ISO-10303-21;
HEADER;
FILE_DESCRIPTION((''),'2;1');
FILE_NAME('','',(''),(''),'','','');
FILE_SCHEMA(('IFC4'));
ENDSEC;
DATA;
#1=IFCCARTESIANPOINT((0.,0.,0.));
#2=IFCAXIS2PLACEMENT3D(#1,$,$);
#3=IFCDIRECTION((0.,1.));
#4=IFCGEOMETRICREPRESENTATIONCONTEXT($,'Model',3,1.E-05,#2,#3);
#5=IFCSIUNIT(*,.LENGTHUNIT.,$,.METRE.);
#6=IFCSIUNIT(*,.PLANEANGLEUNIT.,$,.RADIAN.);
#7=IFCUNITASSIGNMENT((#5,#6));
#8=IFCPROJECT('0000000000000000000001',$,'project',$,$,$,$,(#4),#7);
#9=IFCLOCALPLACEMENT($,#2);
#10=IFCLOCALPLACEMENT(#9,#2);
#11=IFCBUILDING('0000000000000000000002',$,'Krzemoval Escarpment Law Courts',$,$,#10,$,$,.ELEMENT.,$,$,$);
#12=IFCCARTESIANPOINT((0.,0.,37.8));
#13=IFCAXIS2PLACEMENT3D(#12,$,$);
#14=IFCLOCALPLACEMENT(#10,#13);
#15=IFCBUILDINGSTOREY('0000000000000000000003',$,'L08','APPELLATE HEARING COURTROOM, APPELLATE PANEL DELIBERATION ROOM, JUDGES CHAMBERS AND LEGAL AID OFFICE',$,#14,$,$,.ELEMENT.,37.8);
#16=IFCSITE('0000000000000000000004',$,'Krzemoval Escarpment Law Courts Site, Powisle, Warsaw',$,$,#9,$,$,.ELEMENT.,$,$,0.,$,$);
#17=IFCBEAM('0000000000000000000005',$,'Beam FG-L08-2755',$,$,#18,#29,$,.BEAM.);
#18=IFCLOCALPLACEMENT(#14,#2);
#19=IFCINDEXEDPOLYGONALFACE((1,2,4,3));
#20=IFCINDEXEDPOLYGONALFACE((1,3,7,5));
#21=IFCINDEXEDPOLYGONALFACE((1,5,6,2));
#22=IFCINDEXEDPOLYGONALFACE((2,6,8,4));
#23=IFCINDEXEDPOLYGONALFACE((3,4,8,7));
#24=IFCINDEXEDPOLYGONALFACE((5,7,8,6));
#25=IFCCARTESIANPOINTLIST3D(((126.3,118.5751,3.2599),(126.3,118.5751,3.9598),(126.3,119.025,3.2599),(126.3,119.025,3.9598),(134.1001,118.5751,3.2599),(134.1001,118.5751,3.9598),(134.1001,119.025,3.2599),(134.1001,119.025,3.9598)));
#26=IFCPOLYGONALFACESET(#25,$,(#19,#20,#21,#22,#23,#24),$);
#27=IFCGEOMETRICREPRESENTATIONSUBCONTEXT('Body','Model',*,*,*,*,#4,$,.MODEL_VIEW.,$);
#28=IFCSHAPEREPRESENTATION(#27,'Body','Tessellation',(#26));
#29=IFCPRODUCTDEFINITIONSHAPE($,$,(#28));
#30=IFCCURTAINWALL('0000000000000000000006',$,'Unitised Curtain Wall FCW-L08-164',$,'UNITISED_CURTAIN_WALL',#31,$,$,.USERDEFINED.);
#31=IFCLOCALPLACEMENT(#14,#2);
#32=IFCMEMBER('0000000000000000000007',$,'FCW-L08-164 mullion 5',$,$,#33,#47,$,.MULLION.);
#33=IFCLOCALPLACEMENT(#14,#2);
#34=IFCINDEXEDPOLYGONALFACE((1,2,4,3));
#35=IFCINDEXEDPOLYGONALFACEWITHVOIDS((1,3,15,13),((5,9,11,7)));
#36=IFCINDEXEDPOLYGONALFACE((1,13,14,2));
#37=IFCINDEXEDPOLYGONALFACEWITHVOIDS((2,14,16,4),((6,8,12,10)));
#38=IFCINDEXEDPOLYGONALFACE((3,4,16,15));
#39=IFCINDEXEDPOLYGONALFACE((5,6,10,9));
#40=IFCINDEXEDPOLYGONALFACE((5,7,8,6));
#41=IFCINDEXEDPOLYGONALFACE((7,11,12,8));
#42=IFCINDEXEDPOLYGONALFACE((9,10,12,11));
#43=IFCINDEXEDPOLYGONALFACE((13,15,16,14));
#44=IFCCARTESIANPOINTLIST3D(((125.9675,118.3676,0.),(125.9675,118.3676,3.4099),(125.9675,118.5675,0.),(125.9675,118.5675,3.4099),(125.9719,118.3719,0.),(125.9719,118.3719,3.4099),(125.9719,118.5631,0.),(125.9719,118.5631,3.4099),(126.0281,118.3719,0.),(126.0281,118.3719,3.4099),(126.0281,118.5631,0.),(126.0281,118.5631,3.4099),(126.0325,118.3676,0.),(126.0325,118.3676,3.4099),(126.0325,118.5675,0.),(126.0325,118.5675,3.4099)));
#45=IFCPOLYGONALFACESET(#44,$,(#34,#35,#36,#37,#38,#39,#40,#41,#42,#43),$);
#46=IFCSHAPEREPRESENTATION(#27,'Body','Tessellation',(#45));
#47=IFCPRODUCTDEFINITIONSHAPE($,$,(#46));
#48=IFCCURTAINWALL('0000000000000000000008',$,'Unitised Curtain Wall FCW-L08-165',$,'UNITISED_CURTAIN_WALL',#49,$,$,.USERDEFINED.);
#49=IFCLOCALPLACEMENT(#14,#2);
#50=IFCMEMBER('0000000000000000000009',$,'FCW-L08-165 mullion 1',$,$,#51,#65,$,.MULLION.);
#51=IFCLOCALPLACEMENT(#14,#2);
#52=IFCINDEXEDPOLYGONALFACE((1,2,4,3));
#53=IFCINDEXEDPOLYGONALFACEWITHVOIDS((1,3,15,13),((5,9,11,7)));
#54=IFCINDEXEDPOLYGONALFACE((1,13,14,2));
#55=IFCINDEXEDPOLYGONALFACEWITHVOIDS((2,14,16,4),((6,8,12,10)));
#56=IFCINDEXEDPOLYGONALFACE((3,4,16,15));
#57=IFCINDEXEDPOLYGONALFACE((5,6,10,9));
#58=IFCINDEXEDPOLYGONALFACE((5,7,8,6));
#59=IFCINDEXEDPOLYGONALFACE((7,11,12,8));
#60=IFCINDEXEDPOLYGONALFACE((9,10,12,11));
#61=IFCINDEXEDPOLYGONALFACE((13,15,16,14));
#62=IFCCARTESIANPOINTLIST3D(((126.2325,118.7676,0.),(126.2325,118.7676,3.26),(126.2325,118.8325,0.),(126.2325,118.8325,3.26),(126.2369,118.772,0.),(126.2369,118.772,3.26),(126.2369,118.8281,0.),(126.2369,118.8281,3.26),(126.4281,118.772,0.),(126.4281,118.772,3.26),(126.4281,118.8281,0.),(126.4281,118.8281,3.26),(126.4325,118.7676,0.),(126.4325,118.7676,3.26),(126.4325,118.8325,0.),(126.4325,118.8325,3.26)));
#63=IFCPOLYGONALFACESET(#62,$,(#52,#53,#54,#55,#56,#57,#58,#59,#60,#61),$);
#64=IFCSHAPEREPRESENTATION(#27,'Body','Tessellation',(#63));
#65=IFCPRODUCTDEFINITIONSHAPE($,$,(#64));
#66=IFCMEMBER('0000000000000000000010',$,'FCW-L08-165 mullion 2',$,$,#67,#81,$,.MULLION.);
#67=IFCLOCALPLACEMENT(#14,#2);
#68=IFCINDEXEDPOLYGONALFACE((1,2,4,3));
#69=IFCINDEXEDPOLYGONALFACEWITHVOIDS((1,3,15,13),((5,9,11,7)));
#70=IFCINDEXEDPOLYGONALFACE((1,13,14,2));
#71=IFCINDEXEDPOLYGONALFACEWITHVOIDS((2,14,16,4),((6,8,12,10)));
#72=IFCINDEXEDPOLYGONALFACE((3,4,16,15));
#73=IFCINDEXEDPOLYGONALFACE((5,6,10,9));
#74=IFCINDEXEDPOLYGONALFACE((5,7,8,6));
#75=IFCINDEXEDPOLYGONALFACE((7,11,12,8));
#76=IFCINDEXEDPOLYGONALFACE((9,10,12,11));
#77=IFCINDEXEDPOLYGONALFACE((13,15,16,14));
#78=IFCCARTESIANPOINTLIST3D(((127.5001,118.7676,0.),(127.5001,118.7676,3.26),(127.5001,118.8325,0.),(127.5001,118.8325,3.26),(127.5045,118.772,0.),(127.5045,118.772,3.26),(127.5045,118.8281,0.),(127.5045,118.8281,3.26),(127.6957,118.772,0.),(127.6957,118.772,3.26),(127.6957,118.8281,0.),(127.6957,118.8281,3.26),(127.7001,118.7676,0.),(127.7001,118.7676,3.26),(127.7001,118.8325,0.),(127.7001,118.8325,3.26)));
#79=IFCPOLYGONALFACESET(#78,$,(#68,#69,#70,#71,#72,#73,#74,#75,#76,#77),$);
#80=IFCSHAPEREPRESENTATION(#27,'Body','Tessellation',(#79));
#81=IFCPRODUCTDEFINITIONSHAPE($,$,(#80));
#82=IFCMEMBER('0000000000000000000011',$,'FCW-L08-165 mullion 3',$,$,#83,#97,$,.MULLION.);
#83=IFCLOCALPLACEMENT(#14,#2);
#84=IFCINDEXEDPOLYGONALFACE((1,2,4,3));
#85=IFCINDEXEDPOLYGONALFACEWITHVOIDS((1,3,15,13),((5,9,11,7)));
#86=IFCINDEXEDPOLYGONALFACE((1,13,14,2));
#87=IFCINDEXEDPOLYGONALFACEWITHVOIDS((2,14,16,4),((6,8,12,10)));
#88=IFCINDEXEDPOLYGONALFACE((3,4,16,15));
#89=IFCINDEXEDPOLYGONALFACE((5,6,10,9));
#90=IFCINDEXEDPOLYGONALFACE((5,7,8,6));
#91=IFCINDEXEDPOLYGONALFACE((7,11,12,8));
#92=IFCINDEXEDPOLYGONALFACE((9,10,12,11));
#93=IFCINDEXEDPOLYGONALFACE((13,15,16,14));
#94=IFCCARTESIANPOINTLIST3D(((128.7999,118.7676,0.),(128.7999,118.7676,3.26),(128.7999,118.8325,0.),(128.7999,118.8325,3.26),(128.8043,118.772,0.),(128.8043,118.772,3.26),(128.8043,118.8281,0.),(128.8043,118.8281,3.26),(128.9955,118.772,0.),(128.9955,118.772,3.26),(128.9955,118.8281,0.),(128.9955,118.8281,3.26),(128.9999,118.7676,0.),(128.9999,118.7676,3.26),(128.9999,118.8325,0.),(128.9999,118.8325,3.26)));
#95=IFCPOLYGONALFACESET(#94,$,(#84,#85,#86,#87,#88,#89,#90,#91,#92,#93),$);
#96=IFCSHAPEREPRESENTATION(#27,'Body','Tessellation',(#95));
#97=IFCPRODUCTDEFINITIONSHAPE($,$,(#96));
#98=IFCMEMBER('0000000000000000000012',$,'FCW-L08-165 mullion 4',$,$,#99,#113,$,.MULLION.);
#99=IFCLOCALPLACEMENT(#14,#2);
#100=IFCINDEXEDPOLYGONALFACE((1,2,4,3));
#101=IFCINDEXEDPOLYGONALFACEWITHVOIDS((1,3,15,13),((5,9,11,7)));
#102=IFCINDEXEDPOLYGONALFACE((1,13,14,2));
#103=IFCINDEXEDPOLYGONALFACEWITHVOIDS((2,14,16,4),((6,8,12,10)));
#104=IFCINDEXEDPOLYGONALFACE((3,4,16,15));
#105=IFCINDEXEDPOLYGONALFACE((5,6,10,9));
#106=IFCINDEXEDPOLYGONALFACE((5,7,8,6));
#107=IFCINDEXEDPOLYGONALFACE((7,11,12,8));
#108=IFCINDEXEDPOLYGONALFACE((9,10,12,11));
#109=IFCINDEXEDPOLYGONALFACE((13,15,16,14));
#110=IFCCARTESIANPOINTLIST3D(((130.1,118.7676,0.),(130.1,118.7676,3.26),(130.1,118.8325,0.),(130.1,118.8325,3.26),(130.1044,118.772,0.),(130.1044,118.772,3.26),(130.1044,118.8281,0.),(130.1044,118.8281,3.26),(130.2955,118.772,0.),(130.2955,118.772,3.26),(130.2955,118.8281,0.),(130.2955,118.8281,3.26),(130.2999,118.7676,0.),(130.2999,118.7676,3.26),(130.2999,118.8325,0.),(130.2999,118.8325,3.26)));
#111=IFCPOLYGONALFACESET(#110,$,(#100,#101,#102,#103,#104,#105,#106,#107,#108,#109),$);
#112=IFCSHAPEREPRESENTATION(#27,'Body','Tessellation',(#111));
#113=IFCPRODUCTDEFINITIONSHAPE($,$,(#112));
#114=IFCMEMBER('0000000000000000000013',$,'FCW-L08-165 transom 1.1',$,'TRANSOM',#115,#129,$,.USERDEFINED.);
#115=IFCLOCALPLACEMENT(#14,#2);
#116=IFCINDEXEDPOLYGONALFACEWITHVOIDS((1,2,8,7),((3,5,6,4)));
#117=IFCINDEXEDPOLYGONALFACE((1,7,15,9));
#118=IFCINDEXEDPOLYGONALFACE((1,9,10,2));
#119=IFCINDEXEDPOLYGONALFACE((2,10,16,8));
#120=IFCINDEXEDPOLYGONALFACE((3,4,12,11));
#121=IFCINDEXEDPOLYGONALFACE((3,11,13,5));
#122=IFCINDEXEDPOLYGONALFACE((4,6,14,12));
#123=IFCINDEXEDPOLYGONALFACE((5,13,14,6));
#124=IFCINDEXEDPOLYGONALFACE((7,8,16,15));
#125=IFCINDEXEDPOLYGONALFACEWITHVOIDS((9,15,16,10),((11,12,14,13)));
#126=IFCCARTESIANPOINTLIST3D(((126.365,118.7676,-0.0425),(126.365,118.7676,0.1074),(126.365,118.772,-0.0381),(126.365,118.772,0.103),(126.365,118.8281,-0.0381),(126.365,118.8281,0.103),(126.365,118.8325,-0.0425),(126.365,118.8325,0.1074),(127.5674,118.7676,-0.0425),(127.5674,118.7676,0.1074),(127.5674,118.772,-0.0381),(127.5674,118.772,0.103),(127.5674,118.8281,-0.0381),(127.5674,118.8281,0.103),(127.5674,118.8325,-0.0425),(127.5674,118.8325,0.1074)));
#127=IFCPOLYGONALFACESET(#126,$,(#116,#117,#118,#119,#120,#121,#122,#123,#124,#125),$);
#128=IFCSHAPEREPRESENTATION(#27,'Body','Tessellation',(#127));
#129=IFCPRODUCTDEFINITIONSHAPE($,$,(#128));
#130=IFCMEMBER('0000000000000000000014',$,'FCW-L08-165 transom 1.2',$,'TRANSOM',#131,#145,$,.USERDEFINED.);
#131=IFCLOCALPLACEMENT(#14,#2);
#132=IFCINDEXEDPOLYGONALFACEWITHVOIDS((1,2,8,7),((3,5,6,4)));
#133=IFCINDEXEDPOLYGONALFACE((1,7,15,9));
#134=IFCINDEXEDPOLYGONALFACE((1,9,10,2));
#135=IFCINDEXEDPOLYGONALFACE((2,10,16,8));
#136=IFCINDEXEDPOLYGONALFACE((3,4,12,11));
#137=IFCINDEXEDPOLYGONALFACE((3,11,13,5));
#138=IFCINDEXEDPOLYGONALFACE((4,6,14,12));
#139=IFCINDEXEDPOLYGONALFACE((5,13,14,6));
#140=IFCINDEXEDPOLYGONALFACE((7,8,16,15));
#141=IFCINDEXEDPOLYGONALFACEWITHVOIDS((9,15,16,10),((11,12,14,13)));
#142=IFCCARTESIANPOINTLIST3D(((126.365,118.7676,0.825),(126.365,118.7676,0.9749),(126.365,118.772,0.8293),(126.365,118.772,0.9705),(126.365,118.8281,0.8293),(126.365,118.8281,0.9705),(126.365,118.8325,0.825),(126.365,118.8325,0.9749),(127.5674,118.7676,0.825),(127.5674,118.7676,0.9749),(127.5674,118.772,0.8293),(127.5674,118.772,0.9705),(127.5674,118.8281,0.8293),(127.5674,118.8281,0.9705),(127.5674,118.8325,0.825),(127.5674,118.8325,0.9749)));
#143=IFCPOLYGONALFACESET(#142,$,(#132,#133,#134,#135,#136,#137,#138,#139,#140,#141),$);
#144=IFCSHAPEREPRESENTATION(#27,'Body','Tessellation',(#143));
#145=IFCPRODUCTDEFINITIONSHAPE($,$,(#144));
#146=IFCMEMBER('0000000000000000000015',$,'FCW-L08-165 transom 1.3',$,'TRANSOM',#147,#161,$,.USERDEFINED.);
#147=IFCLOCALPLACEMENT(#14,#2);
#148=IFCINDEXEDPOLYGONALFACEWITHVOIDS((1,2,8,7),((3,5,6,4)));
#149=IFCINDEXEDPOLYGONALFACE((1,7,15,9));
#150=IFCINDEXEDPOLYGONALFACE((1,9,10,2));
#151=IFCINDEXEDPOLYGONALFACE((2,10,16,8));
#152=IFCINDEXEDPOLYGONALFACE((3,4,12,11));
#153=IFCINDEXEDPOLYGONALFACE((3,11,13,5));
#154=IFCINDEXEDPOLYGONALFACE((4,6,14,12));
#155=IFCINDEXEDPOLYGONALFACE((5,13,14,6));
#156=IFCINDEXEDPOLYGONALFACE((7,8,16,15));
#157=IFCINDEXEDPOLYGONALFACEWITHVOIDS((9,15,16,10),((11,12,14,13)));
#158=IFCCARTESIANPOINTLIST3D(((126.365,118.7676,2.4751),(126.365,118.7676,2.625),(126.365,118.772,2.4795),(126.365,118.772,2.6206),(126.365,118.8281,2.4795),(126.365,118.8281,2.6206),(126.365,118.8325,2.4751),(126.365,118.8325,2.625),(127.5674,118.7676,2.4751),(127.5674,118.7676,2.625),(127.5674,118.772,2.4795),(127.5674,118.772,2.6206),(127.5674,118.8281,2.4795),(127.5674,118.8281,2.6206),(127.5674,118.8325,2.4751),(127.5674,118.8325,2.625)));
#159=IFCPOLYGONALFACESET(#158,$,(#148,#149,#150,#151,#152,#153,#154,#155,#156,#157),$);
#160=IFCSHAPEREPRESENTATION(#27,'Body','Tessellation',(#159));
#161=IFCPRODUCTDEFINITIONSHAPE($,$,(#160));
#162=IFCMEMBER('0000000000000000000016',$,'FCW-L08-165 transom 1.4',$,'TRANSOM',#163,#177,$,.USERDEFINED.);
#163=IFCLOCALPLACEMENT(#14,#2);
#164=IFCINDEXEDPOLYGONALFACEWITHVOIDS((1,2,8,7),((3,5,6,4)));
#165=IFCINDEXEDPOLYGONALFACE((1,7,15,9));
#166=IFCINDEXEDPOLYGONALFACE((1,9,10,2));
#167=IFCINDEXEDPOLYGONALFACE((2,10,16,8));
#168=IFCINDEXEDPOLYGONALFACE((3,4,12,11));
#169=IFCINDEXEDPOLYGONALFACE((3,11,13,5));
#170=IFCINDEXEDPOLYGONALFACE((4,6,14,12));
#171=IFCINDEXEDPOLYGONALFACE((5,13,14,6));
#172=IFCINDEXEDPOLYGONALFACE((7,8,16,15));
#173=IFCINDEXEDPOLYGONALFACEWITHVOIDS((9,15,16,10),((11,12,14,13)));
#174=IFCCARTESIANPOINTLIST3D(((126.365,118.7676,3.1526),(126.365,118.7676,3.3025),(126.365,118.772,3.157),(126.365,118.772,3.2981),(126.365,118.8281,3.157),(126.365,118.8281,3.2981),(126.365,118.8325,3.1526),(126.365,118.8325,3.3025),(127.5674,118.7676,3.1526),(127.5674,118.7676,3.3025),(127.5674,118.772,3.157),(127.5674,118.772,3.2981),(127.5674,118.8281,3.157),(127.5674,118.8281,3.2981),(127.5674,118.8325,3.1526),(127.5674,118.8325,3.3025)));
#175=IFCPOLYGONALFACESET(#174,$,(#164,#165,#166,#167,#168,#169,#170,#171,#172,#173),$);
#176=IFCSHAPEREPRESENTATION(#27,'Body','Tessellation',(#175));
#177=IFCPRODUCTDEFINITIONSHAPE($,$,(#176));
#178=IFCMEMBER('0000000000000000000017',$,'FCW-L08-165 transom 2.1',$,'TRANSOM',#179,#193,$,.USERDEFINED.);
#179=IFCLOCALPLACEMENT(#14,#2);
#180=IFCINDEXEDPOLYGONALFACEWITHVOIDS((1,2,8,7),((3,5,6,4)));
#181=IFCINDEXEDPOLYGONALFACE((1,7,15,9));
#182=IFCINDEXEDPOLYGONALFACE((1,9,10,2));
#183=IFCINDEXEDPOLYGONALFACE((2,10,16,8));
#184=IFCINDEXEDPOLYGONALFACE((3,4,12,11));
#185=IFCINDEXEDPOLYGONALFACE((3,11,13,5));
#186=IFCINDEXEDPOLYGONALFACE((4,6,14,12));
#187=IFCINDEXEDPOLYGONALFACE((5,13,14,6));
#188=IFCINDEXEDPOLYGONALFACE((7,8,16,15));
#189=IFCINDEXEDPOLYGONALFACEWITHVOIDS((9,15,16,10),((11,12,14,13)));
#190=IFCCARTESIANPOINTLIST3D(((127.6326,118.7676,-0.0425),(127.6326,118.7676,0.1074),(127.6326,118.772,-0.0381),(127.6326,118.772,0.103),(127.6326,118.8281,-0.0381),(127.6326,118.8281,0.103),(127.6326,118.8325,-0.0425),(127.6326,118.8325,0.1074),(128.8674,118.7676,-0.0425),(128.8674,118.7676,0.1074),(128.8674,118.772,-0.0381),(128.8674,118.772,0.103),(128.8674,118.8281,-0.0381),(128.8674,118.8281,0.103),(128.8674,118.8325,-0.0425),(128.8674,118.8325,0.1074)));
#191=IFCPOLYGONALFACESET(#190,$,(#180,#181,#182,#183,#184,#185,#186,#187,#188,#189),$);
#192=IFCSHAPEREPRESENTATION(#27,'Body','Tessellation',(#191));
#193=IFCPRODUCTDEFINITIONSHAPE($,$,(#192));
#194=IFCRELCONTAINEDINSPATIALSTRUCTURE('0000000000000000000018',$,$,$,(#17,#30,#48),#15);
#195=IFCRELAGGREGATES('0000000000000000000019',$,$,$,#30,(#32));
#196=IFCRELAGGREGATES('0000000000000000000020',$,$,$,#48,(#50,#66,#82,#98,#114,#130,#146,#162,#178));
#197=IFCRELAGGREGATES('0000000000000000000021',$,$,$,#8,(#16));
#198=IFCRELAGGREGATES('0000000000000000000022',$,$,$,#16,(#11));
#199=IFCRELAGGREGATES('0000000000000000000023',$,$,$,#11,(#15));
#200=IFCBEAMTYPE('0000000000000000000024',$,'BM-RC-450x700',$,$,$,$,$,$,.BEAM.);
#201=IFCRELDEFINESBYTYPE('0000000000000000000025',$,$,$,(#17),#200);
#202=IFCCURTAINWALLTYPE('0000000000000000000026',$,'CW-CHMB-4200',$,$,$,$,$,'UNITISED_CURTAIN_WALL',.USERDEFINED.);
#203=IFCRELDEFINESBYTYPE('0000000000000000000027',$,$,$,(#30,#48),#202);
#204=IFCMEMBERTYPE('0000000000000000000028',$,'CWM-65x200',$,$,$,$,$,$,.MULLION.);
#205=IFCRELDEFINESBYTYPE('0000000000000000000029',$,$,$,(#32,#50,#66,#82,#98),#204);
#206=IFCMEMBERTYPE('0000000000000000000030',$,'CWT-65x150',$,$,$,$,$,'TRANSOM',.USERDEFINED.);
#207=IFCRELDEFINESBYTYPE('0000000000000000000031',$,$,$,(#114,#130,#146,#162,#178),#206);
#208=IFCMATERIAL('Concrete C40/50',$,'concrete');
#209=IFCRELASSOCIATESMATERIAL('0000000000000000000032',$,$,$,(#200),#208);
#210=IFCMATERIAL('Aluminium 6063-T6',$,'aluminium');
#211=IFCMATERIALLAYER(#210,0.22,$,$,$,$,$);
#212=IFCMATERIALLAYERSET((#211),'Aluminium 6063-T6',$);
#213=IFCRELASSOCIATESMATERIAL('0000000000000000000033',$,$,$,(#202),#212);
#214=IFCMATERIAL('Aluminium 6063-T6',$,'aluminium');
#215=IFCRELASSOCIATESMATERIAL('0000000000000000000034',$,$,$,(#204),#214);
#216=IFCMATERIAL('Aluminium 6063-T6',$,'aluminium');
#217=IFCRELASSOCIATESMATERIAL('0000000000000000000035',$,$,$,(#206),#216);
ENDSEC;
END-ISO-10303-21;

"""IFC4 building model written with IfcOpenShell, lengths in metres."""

from ifc_helpers import new_model, si_unit, direction, frame, origin, origin_2d, place, context, subcontext, project, spatial, rectangle, hollow_rectangle, extrude, material, layer, layer_set, material_profile, profile_set, type_object, element, aggregate, save


model = new_model("IFC4")

# Units and contexts
model_context = context("Model", 3, precision=1e-05, world=origin(), true_north=direction((0.0, 1.0)))
body_context = subcontext(model_context, "Body", "Model", "MODEL_VIEW")
ifc_project = project(units=[si_unit("LENGTHUNIT", "METRE"), si_unit("PLANEANGLEUNIT", "RADIAN")], contexts=[model_context])

# Site, building, storey
site_placement = place(None, origin())
site = spatial("IfcSite", under=ifc_project, at=site_placement, Name="Krzemoval Escarpment Law Courts Site, Powisle, Warsaw", CompositionType="ELEMENT", RefElevation=0.0)
building_placement = place(site_placement, origin())
building = spatial("IfcBuilding", under=site, at=building_placement, Name="Krzemoval Escarpment Law Courts", CompositionType="ELEMENT")
storey_placement = place(building_placement, frame((0.0, 0.0, 37.8)))
storey = spatial("IfcBuildingStorey", under=building, at=storey_placement, Name="L08", Description="APPELLATE HEARING COURTROOM, APPELLATE PANEL DELIBERATION ROOM, JUDGES CHAMBERS AND LEGAL AID OFFICE", CompositionType="ELEMENT", Elevation=37.8)

# Beam
ifc_material_1 = material(Name="Concrete C40/50", Category="concrete")
ifc_material_profile_1 = material_profile(ifc_material_1, rectangle(XDim=0.45, YDim=0.7, at=origin_2d()), Name="RCB 450x700")
ifc_profile_set_1 = profile_set([ifc_material_profile_1], Name="Concrete C40/50")
beam_type = type_object("IfcBeamType", Name="BM-RC-450x700", PredefinedType="BEAM", material=ifc_profile_set_1)
beam_placement = place(storey_placement, frame((126.3, 118.8, 3.6099), z_axis=(1.0, 0.0, 0.0), x_axis=(0.0, 1.0, 0.0)))
element("IfcBeam", 1, at=beam_placement, inside=storey, type_object=beam_type, Name="Beam FG-L08-2755", PredefinedType="BEAM", context=body_context, shape_type="SweptSolid", body=[
    extrude(rectangle(XDim=0.45, YDim=0.7, at=origin_2d()), origin(), (0.0, 0.0, 1.0), 7.8),
])

# Curtain wall, member
ifc_material_2 = material(Name="Aluminium 6063-T6", Category="aluminium")
ifc_layer_1 = layer(ifc_material_2, 0.22)
ifc_layer_set_1 = layer_set([ifc_layer_1], Name="Aluminium 6063-T6")
curtain_wall_type = type_object("IfcCurtainWallType", Name="CW-CHMB-4200", ElementType="UNITISED_CURTAIN_WALL", PredefinedType="USERDEFINED", material=ifc_layer_set_1)
curtain_wall_1_placement = place(storey_placement, origin())
curtain_wall_1 = element("IfcCurtainWall", 2, at=curtain_wall_1_placement, inside=storey, type_object=curtain_wall_type, Name="Unitised Curtain Wall FCW-L08-164", ObjectType="UNITISED_CURTAIN_WALL", PredefinedType="USERDEFINED")
ifc_material_3 = material(Name="Aluminium 6063-T6", Category="aluminium")
ifc_material_profile_2 = material_profile(ifc_material_3, hollow_rectangle(XDim=0.0649, YDim=0.2, WallThickness=0.0044, at=origin_2d()), Name="ALU M65x200")
ifc_profile_set_2 = profile_set([ifc_material_profile_2], Name="Aluminium 6063-T6")
member_type_1 = type_object("IfcMemberType", Name="CWM-65x200", PredefinedType="MULLION", material=ifc_profile_set_2)
member_1_placement = place(storey_placement, frame((126.0, 118.4675, 0.0), z_axis=(0.0, 0.0, 1.0), x_axis=(-1.0, 0.0, 0.0)))
member_1 = element("IfcMember", 3, at=member_1_placement, type_object=member_type_1, Name="FCW-L08-164 mullion 5", PredefinedType="MULLION", context=body_context, shape_type="SweptSolid", body=[
    extrude(hollow_rectangle(XDim=0.0649, YDim=0.2, WallThickness=0.0044, at=origin_2d()), origin(), (0.0, 0.0, 1.0), 3.4099),
])

# Curtain wall, members
curtain_wall_2_placement = place(storey_placement, origin())
curtain_wall_2 = element("IfcCurtainWall", 4, at=curtain_wall_2_placement, inside=storey, type_object=curtain_wall_type, Name="Unitised Curtain Wall FCW-L08-165", ObjectType="UNITISED_CURTAIN_WALL", PredefinedType="USERDEFINED")
member_2_placement = place(storey_placement, frame((126.3325, 118.8, 0.0), z_axis=(0.0, 0.0, 1.0), x_axis=(0.0, 1.0, 0.0)))
member_2 = element("IfcMember", 5, at=member_2_placement, type_object=member_type_1, Name="FCW-L08-165 mullion 1", PredefinedType="MULLION", context=body_context, shape_type="SweptSolid", body=[
    extrude(hollow_rectangle(XDim=0.0649, YDim=0.2, WallThickness=0.0044, at=origin_2d()), origin(), (0.0, 0.0, 1.0), 3.26),
])
member_3_placement = place(storey_placement, frame((127.6001, 118.8, 0.0), z_axis=(0.0, 0.0, 1.0), x_axis=(0.0, 1.0, 0.0)))
member_3 = element("IfcMember", 6, at=member_3_placement, type_object=member_type_1, Name="FCW-L08-165 mullion 2", PredefinedType="MULLION", context=body_context, shape_type="SweptSolid", body=[
    extrude(hollow_rectangle(XDim=0.0649, YDim=0.2, WallThickness=0.0044, at=origin_2d()), origin(), (0.0, 0.0, 1.0), 3.26),
])
member_4_placement = place(storey_placement, frame((128.8999, 118.8, 0.0), z_axis=(0.0, 0.0, 1.0), x_axis=(0.0, 1.0, 0.0)))
member_4 = element("IfcMember", 7, at=member_4_placement, type_object=member_type_1, Name="FCW-L08-165 mullion 3", PredefinedType="MULLION", context=body_context, shape_type="SweptSolid", body=[
    extrude(hollow_rectangle(XDim=0.0649, YDim=0.2, WallThickness=0.0044, at=origin_2d()), origin(), (0.0, 0.0, 1.0), 3.26),
])
member_5_placement = place(storey_placement, frame((130.2, 118.8, 0.0), z_axis=(0.0, 0.0, 1.0), x_axis=(0.0, 1.0, 0.0)))
member_5 = element("IfcMember", 8, at=member_5_placement, type_object=member_type_1, Name="FCW-L08-165 mullion 4", PredefinedType="MULLION", context=body_context, shape_type="SweptSolid", body=[
    extrude(hollow_rectangle(XDim=0.0649, YDim=0.2, WallThickness=0.0044, at=origin_2d()), origin(), (0.0, 0.0, 1.0), 3.26),
])
ifc_material_4 = material(Name="Aluminium 6063-T6", Category="aluminium")
ifc_material_profile_3 = material_profile(ifc_material_4, hollow_rectangle(XDim=0.0649, YDim=0.1499, WallThickness=0.0044, at=origin_2d()), Name="ALU T65x150")
ifc_profile_set_3 = profile_set([ifc_material_profile_3], Name="Aluminium 6063-T6")
member_type_2 = type_object("IfcMemberType", Name="CWT-65x150", ElementType="TRANSOM", PredefinedType="USERDEFINED", material=ifc_profile_set_3)
member_6_placement = place(storey_placement, frame((126.365, 118.8, 0.0325), z_axis=(1.0, 0.0, 0.0), x_axis=(0.0, 1.0, 0.0)))
member_6 = element("IfcMember", 9, at=member_6_placement, type_object=member_type_2, Name="FCW-L08-165 transom 1.1", ObjectType="TRANSOM", PredefinedType="USERDEFINED", context=body_context, shape_type="SweptSolid", body=[
    extrude(hollow_rectangle(XDim=0.0649, YDim=0.1499, WallThickness=0.0044, at=origin_2d()), origin(), (0.0, 0.0, 1.0), 1.2024),
])
member_7_placement = place(storey_placement, frame((126.365, 118.8, 0.8999), z_axis=(1.0, 0.0, 0.0), x_axis=(0.0, 1.0, 0.0)))
member_7 = element("IfcMember", 10, at=member_7_placement, type_object=member_type_2, Name="FCW-L08-165 transom 1.2", ObjectType="TRANSOM", PredefinedType="USERDEFINED", context=body_context, shape_type="SweptSolid", body=[
    extrude(hollow_rectangle(XDim=0.0649, YDim=0.1499, WallThickness=0.0044, at=origin_2d()), origin(), (0.0, 0.0, 1.0), 1.2024),
])
member_8_placement = place(storey_placement, frame((126.365, 118.8, 2.55), z_axis=(1.0, 0.0, 0.0), x_axis=(0.0, 1.0, 0.0)))
member_8 = element("IfcMember", 11, at=member_8_placement, type_object=member_type_2, Name="FCW-L08-165 transom 1.3", ObjectType="TRANSOM", PredefinedType="USERDEFINED", context=body_context, shape_type="SweptSolid", body=[
    extrude(hollow_rectangle(XDim=0.0649, YDim=0.1499, WallThickness=0.0044, at=origin_2d()), origin(), (0.0, 0.0, 1.0), 1.2024),
])
member_9_placement = place(storey_placement, frame((126.365, 118.8, 3.2275), z_axis=(1.0, 0.0, 0.0), x_axis=(0.0, 1.0, 0.0)))
member_9 = element("IfcMember", 12, at=member_9_placement, type_object=member_type_2, Name="FCW-L08-165 transom 1.4", ObjectType="TRANSOM", PredefinedType="USERDEFINED", context=body_context, shape_type="SweptSolid", body=[
    extrude(hollow_rectangle(XDim=0.0649, YDim=0.1499, WallThickness=0.0044, at=origin_2d()), origin(), (0.0, 0.0, 1.0), 1.2024),
])
member_10_placement = place(storey_placement, frame((127.6326, 118.8, 0.0325), z_axis=(1.0, 0.0, 0.0), x_axis=(0.0, 1.0, 0.0)))
member_10 = element("IfcMember", 13, at=member_10_placement, type_object=member_type_2, Name="FCW-L08-165 transom 2.1", ObjectType="TRANSOM", PredefinedType="USERDEFINED", context=body_context, shape_type="SweptSolid", body=[
    extrude(hollow_rectangle(XDim=0.0649, YDim=0.1499, WallThickness=0.0044, at=origin_2d()), origin(), (0.0, 0.0, 1.0), 1.2349),
])

aggregate(curtain_wall_1, [member_1])
aggregate(curtain_wall_2, [member_2, member_3, member_4, member_5, member_6, member_7, member_8, member_9, member_10])

save(model, "model.ifc")
